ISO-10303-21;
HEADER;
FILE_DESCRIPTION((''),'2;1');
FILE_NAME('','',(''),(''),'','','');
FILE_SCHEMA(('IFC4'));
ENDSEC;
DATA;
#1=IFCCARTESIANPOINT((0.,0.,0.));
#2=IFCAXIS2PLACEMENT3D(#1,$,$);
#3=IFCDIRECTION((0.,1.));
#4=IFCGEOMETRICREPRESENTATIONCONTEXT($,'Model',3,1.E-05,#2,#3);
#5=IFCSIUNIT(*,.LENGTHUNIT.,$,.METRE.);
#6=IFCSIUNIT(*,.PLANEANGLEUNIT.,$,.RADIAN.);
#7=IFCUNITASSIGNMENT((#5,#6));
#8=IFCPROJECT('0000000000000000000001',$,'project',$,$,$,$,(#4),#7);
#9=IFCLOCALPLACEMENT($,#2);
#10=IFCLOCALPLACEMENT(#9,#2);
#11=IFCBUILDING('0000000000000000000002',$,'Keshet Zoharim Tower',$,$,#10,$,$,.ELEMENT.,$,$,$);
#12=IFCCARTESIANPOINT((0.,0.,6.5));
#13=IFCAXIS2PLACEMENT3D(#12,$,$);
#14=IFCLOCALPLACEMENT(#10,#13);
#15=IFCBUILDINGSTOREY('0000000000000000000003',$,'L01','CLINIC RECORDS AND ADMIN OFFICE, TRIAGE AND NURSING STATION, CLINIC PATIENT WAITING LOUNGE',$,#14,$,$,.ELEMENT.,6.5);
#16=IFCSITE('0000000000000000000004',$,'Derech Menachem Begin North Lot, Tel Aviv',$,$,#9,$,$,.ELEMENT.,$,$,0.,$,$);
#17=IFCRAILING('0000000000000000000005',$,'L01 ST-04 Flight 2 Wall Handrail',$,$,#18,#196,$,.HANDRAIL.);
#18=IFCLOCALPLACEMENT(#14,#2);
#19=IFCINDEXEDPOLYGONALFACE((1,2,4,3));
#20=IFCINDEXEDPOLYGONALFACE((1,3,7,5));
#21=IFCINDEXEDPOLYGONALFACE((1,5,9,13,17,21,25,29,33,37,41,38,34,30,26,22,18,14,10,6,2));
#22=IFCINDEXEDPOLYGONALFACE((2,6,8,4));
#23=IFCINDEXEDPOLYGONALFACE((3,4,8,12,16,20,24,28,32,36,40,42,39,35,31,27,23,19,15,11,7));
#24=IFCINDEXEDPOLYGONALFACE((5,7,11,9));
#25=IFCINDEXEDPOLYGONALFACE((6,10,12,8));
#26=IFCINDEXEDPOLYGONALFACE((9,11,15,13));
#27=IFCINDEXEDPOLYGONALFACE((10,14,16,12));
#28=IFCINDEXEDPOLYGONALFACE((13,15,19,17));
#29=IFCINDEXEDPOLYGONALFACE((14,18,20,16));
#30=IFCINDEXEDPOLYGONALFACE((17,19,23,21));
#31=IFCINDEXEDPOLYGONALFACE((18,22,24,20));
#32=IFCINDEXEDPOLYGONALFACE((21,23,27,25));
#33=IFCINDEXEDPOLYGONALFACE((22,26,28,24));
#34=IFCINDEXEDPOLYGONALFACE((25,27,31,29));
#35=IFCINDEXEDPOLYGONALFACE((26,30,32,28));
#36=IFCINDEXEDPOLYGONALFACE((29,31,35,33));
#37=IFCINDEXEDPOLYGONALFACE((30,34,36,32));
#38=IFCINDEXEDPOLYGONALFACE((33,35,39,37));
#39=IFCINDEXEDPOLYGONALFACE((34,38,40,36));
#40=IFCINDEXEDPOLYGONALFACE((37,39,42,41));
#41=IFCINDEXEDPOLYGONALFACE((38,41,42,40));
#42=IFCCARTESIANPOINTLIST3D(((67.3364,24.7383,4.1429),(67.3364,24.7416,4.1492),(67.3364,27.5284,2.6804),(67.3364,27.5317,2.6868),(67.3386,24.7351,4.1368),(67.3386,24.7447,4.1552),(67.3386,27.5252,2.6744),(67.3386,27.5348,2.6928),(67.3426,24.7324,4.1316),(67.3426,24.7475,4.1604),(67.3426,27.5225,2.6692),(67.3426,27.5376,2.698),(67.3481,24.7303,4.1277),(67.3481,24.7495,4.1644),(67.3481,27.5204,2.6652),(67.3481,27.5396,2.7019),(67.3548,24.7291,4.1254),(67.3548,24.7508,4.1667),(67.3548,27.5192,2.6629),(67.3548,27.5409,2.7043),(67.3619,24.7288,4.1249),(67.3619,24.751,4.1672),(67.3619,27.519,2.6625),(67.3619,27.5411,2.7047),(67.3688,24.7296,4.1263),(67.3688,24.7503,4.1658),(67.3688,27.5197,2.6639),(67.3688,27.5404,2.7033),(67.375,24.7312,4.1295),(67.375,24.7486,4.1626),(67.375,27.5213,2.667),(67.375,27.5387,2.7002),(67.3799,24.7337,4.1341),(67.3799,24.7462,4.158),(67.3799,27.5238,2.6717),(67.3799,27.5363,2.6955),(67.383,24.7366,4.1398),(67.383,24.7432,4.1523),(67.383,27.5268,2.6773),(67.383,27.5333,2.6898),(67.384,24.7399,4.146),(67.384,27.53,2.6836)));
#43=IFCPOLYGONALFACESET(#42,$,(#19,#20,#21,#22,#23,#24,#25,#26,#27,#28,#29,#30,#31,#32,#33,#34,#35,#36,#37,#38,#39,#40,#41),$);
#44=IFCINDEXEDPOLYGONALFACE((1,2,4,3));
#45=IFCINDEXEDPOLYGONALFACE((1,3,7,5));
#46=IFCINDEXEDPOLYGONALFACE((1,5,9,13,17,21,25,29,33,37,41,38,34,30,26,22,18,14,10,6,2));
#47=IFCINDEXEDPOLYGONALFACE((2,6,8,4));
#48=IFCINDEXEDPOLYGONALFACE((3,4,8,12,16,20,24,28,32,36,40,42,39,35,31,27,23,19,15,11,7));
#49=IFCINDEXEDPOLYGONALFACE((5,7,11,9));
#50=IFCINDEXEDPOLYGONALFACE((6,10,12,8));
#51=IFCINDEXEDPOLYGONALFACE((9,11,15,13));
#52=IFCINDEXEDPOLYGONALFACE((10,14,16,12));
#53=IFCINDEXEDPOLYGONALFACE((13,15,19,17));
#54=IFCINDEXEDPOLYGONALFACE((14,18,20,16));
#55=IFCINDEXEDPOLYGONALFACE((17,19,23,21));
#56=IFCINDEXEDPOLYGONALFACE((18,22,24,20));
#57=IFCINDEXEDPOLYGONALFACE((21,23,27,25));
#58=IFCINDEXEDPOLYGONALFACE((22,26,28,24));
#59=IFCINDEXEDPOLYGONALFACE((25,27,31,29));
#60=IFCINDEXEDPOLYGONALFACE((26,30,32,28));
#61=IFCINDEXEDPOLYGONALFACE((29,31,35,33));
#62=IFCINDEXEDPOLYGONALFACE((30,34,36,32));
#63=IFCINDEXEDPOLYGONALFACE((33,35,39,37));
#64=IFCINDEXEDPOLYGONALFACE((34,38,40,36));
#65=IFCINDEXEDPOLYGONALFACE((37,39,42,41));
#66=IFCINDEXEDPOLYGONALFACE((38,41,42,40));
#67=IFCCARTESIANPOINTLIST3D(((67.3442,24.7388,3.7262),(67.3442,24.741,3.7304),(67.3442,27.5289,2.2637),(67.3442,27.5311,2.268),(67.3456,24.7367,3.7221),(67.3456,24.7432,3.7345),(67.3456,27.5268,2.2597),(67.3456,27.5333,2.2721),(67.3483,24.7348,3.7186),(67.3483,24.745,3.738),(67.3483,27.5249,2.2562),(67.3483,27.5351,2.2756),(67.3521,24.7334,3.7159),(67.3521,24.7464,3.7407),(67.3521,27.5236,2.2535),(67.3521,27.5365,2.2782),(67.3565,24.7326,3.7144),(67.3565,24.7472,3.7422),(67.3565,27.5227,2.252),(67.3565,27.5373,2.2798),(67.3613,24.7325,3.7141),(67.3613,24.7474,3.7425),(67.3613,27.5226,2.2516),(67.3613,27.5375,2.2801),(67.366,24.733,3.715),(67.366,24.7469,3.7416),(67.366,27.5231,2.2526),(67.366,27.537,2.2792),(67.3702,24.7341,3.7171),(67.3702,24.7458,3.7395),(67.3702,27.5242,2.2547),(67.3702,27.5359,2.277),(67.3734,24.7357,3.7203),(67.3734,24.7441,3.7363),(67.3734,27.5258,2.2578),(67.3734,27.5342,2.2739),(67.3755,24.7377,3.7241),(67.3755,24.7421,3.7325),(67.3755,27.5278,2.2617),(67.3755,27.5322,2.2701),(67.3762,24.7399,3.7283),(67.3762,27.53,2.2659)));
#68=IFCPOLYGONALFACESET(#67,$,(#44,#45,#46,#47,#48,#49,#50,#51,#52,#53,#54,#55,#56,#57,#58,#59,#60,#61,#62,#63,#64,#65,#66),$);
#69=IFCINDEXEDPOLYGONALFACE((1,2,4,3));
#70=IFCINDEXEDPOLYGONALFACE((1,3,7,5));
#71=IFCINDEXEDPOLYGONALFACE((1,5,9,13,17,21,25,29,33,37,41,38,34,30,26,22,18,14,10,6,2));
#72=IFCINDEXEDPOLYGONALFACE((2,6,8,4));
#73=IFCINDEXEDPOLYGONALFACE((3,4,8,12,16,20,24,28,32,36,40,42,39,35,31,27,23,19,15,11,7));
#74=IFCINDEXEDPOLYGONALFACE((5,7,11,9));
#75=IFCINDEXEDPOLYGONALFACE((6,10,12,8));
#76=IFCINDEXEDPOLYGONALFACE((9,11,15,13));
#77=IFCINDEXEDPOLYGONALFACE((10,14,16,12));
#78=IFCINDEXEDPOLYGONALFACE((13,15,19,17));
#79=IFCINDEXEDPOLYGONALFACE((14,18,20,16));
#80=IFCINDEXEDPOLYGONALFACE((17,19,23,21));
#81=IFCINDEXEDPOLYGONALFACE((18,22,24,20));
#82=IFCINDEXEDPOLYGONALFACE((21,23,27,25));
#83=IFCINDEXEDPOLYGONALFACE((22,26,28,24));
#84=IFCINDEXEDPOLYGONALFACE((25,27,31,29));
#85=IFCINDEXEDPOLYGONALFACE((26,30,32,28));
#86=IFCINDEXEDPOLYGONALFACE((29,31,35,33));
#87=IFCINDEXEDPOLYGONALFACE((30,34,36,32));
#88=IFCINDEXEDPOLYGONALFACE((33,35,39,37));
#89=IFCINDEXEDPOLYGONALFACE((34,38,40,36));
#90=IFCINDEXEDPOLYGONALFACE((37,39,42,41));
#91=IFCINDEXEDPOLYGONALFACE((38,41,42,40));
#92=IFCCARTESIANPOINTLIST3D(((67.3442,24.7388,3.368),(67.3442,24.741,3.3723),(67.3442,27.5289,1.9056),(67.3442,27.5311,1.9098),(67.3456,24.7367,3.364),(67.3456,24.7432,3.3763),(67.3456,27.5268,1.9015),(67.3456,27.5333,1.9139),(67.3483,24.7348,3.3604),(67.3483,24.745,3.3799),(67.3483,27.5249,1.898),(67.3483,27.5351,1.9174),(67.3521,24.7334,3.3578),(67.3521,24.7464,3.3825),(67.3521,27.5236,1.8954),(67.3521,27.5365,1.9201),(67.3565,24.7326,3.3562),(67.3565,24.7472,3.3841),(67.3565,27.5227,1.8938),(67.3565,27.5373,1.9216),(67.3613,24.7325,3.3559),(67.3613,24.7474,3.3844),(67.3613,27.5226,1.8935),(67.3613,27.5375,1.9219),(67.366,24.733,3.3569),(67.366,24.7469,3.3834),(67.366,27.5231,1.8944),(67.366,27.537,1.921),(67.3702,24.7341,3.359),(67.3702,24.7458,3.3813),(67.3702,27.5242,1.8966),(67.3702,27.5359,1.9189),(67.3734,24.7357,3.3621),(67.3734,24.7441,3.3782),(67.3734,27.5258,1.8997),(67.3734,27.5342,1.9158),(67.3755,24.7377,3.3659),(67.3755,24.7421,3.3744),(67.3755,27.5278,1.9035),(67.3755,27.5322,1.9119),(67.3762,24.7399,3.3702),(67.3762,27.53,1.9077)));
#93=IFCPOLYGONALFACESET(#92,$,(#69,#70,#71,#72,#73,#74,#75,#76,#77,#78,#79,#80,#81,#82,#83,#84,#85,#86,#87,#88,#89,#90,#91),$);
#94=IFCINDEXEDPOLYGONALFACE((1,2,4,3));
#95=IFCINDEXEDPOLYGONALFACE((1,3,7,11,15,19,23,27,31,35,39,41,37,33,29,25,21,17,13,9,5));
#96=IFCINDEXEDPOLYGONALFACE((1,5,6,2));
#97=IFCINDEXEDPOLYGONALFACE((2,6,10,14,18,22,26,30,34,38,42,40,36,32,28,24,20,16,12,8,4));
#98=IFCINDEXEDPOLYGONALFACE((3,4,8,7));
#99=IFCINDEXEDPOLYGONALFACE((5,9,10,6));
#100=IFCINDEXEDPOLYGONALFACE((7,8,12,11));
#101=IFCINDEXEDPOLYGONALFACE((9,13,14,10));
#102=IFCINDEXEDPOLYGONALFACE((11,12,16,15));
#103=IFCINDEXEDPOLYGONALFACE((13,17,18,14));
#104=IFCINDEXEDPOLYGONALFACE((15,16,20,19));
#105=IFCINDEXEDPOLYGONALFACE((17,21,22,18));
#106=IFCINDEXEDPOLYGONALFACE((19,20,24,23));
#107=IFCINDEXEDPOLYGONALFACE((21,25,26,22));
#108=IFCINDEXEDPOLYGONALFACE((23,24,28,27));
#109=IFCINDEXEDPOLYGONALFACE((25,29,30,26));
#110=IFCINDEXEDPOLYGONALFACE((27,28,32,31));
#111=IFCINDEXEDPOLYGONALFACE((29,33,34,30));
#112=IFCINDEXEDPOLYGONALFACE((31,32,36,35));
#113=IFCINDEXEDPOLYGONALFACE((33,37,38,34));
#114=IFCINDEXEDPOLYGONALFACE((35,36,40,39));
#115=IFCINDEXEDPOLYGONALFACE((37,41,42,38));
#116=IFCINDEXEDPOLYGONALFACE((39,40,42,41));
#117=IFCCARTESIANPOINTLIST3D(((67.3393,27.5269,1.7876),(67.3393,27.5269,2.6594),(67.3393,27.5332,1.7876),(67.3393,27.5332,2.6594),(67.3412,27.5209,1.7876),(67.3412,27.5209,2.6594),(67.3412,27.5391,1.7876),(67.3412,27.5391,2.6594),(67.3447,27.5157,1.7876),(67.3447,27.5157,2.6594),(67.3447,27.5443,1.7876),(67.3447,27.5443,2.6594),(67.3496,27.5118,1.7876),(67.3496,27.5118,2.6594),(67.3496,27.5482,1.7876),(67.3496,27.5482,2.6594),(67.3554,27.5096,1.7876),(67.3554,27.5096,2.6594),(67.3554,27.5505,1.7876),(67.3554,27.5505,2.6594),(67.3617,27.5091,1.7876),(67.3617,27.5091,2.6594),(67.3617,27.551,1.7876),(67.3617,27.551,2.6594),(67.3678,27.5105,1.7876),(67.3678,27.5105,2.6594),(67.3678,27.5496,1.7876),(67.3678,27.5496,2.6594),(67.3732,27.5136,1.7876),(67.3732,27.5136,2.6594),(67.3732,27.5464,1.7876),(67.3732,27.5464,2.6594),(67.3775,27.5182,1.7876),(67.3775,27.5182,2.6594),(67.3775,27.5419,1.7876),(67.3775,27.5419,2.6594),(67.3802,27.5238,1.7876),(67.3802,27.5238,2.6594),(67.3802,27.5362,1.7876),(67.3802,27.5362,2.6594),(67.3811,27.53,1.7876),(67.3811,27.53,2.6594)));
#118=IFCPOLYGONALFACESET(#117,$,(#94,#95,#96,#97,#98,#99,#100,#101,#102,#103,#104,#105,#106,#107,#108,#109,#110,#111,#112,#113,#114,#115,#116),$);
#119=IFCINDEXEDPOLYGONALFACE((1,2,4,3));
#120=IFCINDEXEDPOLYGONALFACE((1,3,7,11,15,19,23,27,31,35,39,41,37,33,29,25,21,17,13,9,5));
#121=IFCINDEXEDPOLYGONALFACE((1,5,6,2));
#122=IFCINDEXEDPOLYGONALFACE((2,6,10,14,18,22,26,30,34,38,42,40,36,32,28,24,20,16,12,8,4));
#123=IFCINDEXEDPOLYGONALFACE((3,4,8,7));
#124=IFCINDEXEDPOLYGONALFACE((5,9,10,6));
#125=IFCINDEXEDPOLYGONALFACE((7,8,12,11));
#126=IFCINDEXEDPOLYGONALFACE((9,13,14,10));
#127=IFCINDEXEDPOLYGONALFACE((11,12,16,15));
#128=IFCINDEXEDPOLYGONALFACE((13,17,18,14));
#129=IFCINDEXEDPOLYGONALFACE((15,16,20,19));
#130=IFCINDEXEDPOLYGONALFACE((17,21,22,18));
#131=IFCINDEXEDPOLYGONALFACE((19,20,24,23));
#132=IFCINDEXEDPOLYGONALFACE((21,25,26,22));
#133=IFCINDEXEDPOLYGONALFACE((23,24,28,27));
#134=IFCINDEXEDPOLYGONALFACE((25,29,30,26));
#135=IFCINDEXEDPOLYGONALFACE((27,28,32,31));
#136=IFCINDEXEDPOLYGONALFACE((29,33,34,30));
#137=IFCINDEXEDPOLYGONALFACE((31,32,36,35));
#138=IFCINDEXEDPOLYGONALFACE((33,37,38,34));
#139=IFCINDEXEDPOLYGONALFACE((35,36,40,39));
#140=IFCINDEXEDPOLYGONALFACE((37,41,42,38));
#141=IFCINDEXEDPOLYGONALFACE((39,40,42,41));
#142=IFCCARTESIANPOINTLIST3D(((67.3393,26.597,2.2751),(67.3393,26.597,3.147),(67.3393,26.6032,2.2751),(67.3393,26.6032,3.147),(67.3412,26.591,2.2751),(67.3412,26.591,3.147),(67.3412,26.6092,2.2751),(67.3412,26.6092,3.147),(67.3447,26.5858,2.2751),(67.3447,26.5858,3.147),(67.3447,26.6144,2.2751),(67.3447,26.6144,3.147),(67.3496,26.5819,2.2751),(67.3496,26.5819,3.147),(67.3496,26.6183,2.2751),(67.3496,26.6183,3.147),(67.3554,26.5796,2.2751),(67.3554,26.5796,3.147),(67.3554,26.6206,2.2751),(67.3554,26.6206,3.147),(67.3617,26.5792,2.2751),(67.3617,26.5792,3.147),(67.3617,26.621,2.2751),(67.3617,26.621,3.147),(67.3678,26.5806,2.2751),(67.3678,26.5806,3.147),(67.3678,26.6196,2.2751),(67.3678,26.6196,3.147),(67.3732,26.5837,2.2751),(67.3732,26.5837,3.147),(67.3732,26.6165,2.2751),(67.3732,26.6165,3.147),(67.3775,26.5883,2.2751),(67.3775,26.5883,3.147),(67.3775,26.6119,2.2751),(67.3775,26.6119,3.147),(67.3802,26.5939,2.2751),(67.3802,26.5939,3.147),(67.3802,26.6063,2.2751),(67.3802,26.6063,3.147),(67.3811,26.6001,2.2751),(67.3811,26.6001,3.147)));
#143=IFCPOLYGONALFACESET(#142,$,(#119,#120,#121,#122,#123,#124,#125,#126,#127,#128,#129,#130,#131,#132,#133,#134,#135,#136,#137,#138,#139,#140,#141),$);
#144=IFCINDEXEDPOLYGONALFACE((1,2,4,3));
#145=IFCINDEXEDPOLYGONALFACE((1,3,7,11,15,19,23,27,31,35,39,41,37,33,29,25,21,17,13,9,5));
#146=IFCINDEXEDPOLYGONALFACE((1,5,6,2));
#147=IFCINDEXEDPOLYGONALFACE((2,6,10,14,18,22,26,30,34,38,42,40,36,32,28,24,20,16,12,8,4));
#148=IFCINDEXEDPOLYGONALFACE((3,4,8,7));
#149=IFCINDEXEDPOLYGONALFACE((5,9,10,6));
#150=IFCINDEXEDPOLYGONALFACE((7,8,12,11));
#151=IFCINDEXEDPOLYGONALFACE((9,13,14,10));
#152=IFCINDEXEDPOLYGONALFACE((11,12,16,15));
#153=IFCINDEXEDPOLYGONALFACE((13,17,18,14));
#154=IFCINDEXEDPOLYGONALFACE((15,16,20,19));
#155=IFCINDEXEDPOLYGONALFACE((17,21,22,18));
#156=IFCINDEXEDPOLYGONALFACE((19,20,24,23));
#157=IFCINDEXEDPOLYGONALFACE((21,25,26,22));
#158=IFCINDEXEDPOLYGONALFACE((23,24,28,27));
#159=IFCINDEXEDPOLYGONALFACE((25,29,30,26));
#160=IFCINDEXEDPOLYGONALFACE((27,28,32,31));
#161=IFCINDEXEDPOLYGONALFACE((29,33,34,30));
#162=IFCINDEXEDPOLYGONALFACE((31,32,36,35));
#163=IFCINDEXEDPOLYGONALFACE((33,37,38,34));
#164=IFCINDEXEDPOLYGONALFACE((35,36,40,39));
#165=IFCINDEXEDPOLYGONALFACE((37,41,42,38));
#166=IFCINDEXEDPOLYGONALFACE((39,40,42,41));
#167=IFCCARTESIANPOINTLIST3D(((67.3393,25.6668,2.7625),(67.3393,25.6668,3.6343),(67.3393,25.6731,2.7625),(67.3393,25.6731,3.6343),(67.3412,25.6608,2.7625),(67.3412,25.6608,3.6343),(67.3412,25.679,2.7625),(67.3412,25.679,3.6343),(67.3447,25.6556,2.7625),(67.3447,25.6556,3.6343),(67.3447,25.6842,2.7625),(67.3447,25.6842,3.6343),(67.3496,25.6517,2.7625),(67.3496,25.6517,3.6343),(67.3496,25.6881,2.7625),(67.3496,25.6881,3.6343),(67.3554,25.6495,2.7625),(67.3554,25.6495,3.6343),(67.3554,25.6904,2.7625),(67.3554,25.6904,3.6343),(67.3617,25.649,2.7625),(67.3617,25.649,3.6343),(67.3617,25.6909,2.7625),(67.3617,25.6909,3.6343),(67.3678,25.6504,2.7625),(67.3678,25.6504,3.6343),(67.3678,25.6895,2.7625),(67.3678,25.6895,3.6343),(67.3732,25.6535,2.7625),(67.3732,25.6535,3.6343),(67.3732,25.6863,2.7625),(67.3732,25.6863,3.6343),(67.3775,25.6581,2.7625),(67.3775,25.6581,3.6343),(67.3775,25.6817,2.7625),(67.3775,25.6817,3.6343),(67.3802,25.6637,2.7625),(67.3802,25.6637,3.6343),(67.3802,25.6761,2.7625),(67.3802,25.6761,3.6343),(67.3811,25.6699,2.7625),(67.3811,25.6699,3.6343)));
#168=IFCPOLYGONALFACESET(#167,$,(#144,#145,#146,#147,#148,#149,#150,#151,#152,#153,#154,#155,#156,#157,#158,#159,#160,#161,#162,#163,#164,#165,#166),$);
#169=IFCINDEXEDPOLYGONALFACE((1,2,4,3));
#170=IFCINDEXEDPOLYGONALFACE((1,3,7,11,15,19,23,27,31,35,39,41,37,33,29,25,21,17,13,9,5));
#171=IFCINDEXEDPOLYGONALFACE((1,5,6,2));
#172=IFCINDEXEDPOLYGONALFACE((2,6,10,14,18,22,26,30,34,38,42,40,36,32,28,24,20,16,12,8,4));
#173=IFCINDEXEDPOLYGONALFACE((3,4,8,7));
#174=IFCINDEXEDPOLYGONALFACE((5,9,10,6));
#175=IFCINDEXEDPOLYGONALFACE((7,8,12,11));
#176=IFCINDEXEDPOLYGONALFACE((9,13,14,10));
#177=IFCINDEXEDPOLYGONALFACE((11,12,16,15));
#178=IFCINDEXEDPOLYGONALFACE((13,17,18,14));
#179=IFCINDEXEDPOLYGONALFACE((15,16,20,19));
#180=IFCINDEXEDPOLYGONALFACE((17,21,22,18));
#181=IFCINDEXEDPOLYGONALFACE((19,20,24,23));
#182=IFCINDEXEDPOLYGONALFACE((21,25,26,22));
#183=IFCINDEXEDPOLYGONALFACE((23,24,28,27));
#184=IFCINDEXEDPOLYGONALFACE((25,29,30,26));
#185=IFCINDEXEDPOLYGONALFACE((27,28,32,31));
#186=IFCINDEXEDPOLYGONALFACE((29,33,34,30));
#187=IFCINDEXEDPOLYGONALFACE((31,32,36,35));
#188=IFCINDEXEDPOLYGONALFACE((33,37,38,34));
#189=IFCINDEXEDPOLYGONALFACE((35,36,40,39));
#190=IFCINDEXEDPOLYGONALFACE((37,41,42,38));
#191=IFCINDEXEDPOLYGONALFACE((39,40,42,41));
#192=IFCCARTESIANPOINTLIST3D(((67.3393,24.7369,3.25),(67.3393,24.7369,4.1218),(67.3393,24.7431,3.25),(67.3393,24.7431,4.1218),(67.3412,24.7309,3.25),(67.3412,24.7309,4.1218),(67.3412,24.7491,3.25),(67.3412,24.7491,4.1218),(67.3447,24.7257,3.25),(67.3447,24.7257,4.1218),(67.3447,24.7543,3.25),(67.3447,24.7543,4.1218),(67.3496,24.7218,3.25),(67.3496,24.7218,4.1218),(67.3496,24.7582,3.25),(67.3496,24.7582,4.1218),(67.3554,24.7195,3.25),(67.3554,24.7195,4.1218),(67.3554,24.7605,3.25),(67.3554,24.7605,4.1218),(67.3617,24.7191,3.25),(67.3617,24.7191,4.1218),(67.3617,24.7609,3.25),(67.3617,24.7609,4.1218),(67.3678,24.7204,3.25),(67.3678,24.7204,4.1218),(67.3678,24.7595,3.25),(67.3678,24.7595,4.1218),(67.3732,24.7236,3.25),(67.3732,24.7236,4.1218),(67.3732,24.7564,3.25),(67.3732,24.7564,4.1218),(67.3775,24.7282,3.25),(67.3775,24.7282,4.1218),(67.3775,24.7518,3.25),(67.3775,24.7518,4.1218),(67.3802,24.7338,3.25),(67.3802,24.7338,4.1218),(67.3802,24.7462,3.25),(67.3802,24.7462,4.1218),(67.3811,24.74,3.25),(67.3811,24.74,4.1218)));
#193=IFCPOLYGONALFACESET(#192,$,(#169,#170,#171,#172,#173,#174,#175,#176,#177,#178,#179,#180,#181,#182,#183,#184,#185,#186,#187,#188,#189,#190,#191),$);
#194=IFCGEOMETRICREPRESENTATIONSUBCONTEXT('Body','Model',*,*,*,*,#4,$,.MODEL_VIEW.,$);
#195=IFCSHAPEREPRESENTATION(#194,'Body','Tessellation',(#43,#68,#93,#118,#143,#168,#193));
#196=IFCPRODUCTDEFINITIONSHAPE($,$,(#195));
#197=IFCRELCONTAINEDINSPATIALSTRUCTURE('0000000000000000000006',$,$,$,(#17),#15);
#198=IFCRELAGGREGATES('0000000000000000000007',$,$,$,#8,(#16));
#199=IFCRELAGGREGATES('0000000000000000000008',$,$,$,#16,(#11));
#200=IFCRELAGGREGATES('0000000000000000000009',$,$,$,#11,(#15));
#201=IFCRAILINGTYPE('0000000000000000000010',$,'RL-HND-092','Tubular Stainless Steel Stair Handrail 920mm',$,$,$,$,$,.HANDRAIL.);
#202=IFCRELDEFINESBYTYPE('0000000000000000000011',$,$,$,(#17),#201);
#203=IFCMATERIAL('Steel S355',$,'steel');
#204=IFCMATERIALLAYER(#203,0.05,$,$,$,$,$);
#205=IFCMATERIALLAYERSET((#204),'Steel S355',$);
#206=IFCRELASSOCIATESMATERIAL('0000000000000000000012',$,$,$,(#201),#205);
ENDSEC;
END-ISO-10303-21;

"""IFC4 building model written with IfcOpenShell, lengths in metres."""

from ifc_helpers import new_model, si_unit, direction, frame, origin, origin_2d, place, context, subcontext, project, spatial, circle, extrude, material, layer, layer_set, type_object, element, save


model = new_model("IFC4")

# Units and contexts
model_context = context("Model", 3, precision=1e-05, world=origin(), true_north=direction((0.0, 1.0)))
body_context = subcontext(model_context, "Body", "Model", "MODEL_VIEW")
ifc_project = project(units=[si_unit("LENGTHUNIT", "METRE"), si_unit("PLANEANGLEUNIT", "RADIAN")], contexts=[model_context])

# Site, building, storey
site_placement = place(None, origin())
site = spatial("IfcSite", under=ifc_project, at=site_placement, Name="Derech Menachem Begin North Lot, Tel Aviv", CompositionType="ELEMENT", RefElevation=0.0)
building_placement = place(site_placement, origin())
building = spatial("IfcBuilding", under=site, at=building_placement, Name="Keshet Zoharim Tower", CompositionType="ELEMENT")
storey_placement = place(building_placement, frame((0.0, 0.0, 6.5)))
storey = spatial("IfcBuildingStorey", under=building, at=storey_placement, Name="L01", Description="CLINIC RECORDS AND ADMIN OFFICE, TRIAGE AND NURSING STATION, CLINIC PATIENT WAITING LOUNGE", CompositionType="ELEMENT", Elevation=6.5)

# Shared definitions
ifc_material_1 = material(Name="Steel S355", Category="steel")

# Railing
ifc_layer_1 = layer(ifc_material_1, 0.05)
ifc_layer_set_1 = layer_set([ifc_layer_1], Name="Steel S355")
railing_type_1 = type_object("IfcRailingType", Name="RL-HND-092", Description="Tubular Stainless Steel Stair Handrail 920mm", PredefinedType="HANDRAIL", material=ifc_layer_set_1)
railing_1_placement = place(storey_placement, frame((67.3601, 27.53, 1.7876)))
element("IfcRailing", 1, at=railing_1_placement, inside=storey, type_object=railing_type_1, Name="L01 ST-04 Flight 2 Wall Handrail", PredefinedType="HANDRAIL", context=body_context, shape_type="SweptSolid", body=[
    extrude(circle(Radius=0.0239, at=origin_2d()), frame((0.0, 0.0, 0.896), z_axis=(0.0, -0.885707, 0.464244), x_axis=(1.0, 0.0, 0.0)), (0.0, 0.0, 1.0), 3.1501),
    extrude(circle(Radius=0.0161, at=origin_2d()), frame((0.0, 0.0, 0.4783), z_axis=(0.0, -0.885707, 0.464244), x_axis=(1.0, 0.0, 0.0)), (0.0, 0.0, 1.0), 3.1501),
    extrude(circle(Radius=0.0161, at=origin_2d()), frame((0.0, 0.0, 0.1201), z_axis=(0.0, -0.885707, 0.464244), x_axis=(1.0, 0.0, 0.0)), (0.0, 0.0, 1.0), 3.1501),
    extrude(circle(Radius=0.021, at=origin_2d()), origin(), (0.0, 0.0, 1.0), 0.8718),
    extrude(circle(Radius=0.021, at=origin_2d()), frame((0.0, -0.9299, 0.4875)), (0.0, 0.0, 1.0), 0.8718),
    extrude(circle(Radius=0.021, at=origin_2d()), frame((0.0, -1.8601, 0.9749)), (0.0, 0.0, 1.0), 0.8718),
    extrude(circle(Radius=0.021, at=origin_2d()), frame((0.0, -2.79, 1.4624)), (0.0, 0.0, 1.0), 0.8718),
])

save(model, "model.ifc")
